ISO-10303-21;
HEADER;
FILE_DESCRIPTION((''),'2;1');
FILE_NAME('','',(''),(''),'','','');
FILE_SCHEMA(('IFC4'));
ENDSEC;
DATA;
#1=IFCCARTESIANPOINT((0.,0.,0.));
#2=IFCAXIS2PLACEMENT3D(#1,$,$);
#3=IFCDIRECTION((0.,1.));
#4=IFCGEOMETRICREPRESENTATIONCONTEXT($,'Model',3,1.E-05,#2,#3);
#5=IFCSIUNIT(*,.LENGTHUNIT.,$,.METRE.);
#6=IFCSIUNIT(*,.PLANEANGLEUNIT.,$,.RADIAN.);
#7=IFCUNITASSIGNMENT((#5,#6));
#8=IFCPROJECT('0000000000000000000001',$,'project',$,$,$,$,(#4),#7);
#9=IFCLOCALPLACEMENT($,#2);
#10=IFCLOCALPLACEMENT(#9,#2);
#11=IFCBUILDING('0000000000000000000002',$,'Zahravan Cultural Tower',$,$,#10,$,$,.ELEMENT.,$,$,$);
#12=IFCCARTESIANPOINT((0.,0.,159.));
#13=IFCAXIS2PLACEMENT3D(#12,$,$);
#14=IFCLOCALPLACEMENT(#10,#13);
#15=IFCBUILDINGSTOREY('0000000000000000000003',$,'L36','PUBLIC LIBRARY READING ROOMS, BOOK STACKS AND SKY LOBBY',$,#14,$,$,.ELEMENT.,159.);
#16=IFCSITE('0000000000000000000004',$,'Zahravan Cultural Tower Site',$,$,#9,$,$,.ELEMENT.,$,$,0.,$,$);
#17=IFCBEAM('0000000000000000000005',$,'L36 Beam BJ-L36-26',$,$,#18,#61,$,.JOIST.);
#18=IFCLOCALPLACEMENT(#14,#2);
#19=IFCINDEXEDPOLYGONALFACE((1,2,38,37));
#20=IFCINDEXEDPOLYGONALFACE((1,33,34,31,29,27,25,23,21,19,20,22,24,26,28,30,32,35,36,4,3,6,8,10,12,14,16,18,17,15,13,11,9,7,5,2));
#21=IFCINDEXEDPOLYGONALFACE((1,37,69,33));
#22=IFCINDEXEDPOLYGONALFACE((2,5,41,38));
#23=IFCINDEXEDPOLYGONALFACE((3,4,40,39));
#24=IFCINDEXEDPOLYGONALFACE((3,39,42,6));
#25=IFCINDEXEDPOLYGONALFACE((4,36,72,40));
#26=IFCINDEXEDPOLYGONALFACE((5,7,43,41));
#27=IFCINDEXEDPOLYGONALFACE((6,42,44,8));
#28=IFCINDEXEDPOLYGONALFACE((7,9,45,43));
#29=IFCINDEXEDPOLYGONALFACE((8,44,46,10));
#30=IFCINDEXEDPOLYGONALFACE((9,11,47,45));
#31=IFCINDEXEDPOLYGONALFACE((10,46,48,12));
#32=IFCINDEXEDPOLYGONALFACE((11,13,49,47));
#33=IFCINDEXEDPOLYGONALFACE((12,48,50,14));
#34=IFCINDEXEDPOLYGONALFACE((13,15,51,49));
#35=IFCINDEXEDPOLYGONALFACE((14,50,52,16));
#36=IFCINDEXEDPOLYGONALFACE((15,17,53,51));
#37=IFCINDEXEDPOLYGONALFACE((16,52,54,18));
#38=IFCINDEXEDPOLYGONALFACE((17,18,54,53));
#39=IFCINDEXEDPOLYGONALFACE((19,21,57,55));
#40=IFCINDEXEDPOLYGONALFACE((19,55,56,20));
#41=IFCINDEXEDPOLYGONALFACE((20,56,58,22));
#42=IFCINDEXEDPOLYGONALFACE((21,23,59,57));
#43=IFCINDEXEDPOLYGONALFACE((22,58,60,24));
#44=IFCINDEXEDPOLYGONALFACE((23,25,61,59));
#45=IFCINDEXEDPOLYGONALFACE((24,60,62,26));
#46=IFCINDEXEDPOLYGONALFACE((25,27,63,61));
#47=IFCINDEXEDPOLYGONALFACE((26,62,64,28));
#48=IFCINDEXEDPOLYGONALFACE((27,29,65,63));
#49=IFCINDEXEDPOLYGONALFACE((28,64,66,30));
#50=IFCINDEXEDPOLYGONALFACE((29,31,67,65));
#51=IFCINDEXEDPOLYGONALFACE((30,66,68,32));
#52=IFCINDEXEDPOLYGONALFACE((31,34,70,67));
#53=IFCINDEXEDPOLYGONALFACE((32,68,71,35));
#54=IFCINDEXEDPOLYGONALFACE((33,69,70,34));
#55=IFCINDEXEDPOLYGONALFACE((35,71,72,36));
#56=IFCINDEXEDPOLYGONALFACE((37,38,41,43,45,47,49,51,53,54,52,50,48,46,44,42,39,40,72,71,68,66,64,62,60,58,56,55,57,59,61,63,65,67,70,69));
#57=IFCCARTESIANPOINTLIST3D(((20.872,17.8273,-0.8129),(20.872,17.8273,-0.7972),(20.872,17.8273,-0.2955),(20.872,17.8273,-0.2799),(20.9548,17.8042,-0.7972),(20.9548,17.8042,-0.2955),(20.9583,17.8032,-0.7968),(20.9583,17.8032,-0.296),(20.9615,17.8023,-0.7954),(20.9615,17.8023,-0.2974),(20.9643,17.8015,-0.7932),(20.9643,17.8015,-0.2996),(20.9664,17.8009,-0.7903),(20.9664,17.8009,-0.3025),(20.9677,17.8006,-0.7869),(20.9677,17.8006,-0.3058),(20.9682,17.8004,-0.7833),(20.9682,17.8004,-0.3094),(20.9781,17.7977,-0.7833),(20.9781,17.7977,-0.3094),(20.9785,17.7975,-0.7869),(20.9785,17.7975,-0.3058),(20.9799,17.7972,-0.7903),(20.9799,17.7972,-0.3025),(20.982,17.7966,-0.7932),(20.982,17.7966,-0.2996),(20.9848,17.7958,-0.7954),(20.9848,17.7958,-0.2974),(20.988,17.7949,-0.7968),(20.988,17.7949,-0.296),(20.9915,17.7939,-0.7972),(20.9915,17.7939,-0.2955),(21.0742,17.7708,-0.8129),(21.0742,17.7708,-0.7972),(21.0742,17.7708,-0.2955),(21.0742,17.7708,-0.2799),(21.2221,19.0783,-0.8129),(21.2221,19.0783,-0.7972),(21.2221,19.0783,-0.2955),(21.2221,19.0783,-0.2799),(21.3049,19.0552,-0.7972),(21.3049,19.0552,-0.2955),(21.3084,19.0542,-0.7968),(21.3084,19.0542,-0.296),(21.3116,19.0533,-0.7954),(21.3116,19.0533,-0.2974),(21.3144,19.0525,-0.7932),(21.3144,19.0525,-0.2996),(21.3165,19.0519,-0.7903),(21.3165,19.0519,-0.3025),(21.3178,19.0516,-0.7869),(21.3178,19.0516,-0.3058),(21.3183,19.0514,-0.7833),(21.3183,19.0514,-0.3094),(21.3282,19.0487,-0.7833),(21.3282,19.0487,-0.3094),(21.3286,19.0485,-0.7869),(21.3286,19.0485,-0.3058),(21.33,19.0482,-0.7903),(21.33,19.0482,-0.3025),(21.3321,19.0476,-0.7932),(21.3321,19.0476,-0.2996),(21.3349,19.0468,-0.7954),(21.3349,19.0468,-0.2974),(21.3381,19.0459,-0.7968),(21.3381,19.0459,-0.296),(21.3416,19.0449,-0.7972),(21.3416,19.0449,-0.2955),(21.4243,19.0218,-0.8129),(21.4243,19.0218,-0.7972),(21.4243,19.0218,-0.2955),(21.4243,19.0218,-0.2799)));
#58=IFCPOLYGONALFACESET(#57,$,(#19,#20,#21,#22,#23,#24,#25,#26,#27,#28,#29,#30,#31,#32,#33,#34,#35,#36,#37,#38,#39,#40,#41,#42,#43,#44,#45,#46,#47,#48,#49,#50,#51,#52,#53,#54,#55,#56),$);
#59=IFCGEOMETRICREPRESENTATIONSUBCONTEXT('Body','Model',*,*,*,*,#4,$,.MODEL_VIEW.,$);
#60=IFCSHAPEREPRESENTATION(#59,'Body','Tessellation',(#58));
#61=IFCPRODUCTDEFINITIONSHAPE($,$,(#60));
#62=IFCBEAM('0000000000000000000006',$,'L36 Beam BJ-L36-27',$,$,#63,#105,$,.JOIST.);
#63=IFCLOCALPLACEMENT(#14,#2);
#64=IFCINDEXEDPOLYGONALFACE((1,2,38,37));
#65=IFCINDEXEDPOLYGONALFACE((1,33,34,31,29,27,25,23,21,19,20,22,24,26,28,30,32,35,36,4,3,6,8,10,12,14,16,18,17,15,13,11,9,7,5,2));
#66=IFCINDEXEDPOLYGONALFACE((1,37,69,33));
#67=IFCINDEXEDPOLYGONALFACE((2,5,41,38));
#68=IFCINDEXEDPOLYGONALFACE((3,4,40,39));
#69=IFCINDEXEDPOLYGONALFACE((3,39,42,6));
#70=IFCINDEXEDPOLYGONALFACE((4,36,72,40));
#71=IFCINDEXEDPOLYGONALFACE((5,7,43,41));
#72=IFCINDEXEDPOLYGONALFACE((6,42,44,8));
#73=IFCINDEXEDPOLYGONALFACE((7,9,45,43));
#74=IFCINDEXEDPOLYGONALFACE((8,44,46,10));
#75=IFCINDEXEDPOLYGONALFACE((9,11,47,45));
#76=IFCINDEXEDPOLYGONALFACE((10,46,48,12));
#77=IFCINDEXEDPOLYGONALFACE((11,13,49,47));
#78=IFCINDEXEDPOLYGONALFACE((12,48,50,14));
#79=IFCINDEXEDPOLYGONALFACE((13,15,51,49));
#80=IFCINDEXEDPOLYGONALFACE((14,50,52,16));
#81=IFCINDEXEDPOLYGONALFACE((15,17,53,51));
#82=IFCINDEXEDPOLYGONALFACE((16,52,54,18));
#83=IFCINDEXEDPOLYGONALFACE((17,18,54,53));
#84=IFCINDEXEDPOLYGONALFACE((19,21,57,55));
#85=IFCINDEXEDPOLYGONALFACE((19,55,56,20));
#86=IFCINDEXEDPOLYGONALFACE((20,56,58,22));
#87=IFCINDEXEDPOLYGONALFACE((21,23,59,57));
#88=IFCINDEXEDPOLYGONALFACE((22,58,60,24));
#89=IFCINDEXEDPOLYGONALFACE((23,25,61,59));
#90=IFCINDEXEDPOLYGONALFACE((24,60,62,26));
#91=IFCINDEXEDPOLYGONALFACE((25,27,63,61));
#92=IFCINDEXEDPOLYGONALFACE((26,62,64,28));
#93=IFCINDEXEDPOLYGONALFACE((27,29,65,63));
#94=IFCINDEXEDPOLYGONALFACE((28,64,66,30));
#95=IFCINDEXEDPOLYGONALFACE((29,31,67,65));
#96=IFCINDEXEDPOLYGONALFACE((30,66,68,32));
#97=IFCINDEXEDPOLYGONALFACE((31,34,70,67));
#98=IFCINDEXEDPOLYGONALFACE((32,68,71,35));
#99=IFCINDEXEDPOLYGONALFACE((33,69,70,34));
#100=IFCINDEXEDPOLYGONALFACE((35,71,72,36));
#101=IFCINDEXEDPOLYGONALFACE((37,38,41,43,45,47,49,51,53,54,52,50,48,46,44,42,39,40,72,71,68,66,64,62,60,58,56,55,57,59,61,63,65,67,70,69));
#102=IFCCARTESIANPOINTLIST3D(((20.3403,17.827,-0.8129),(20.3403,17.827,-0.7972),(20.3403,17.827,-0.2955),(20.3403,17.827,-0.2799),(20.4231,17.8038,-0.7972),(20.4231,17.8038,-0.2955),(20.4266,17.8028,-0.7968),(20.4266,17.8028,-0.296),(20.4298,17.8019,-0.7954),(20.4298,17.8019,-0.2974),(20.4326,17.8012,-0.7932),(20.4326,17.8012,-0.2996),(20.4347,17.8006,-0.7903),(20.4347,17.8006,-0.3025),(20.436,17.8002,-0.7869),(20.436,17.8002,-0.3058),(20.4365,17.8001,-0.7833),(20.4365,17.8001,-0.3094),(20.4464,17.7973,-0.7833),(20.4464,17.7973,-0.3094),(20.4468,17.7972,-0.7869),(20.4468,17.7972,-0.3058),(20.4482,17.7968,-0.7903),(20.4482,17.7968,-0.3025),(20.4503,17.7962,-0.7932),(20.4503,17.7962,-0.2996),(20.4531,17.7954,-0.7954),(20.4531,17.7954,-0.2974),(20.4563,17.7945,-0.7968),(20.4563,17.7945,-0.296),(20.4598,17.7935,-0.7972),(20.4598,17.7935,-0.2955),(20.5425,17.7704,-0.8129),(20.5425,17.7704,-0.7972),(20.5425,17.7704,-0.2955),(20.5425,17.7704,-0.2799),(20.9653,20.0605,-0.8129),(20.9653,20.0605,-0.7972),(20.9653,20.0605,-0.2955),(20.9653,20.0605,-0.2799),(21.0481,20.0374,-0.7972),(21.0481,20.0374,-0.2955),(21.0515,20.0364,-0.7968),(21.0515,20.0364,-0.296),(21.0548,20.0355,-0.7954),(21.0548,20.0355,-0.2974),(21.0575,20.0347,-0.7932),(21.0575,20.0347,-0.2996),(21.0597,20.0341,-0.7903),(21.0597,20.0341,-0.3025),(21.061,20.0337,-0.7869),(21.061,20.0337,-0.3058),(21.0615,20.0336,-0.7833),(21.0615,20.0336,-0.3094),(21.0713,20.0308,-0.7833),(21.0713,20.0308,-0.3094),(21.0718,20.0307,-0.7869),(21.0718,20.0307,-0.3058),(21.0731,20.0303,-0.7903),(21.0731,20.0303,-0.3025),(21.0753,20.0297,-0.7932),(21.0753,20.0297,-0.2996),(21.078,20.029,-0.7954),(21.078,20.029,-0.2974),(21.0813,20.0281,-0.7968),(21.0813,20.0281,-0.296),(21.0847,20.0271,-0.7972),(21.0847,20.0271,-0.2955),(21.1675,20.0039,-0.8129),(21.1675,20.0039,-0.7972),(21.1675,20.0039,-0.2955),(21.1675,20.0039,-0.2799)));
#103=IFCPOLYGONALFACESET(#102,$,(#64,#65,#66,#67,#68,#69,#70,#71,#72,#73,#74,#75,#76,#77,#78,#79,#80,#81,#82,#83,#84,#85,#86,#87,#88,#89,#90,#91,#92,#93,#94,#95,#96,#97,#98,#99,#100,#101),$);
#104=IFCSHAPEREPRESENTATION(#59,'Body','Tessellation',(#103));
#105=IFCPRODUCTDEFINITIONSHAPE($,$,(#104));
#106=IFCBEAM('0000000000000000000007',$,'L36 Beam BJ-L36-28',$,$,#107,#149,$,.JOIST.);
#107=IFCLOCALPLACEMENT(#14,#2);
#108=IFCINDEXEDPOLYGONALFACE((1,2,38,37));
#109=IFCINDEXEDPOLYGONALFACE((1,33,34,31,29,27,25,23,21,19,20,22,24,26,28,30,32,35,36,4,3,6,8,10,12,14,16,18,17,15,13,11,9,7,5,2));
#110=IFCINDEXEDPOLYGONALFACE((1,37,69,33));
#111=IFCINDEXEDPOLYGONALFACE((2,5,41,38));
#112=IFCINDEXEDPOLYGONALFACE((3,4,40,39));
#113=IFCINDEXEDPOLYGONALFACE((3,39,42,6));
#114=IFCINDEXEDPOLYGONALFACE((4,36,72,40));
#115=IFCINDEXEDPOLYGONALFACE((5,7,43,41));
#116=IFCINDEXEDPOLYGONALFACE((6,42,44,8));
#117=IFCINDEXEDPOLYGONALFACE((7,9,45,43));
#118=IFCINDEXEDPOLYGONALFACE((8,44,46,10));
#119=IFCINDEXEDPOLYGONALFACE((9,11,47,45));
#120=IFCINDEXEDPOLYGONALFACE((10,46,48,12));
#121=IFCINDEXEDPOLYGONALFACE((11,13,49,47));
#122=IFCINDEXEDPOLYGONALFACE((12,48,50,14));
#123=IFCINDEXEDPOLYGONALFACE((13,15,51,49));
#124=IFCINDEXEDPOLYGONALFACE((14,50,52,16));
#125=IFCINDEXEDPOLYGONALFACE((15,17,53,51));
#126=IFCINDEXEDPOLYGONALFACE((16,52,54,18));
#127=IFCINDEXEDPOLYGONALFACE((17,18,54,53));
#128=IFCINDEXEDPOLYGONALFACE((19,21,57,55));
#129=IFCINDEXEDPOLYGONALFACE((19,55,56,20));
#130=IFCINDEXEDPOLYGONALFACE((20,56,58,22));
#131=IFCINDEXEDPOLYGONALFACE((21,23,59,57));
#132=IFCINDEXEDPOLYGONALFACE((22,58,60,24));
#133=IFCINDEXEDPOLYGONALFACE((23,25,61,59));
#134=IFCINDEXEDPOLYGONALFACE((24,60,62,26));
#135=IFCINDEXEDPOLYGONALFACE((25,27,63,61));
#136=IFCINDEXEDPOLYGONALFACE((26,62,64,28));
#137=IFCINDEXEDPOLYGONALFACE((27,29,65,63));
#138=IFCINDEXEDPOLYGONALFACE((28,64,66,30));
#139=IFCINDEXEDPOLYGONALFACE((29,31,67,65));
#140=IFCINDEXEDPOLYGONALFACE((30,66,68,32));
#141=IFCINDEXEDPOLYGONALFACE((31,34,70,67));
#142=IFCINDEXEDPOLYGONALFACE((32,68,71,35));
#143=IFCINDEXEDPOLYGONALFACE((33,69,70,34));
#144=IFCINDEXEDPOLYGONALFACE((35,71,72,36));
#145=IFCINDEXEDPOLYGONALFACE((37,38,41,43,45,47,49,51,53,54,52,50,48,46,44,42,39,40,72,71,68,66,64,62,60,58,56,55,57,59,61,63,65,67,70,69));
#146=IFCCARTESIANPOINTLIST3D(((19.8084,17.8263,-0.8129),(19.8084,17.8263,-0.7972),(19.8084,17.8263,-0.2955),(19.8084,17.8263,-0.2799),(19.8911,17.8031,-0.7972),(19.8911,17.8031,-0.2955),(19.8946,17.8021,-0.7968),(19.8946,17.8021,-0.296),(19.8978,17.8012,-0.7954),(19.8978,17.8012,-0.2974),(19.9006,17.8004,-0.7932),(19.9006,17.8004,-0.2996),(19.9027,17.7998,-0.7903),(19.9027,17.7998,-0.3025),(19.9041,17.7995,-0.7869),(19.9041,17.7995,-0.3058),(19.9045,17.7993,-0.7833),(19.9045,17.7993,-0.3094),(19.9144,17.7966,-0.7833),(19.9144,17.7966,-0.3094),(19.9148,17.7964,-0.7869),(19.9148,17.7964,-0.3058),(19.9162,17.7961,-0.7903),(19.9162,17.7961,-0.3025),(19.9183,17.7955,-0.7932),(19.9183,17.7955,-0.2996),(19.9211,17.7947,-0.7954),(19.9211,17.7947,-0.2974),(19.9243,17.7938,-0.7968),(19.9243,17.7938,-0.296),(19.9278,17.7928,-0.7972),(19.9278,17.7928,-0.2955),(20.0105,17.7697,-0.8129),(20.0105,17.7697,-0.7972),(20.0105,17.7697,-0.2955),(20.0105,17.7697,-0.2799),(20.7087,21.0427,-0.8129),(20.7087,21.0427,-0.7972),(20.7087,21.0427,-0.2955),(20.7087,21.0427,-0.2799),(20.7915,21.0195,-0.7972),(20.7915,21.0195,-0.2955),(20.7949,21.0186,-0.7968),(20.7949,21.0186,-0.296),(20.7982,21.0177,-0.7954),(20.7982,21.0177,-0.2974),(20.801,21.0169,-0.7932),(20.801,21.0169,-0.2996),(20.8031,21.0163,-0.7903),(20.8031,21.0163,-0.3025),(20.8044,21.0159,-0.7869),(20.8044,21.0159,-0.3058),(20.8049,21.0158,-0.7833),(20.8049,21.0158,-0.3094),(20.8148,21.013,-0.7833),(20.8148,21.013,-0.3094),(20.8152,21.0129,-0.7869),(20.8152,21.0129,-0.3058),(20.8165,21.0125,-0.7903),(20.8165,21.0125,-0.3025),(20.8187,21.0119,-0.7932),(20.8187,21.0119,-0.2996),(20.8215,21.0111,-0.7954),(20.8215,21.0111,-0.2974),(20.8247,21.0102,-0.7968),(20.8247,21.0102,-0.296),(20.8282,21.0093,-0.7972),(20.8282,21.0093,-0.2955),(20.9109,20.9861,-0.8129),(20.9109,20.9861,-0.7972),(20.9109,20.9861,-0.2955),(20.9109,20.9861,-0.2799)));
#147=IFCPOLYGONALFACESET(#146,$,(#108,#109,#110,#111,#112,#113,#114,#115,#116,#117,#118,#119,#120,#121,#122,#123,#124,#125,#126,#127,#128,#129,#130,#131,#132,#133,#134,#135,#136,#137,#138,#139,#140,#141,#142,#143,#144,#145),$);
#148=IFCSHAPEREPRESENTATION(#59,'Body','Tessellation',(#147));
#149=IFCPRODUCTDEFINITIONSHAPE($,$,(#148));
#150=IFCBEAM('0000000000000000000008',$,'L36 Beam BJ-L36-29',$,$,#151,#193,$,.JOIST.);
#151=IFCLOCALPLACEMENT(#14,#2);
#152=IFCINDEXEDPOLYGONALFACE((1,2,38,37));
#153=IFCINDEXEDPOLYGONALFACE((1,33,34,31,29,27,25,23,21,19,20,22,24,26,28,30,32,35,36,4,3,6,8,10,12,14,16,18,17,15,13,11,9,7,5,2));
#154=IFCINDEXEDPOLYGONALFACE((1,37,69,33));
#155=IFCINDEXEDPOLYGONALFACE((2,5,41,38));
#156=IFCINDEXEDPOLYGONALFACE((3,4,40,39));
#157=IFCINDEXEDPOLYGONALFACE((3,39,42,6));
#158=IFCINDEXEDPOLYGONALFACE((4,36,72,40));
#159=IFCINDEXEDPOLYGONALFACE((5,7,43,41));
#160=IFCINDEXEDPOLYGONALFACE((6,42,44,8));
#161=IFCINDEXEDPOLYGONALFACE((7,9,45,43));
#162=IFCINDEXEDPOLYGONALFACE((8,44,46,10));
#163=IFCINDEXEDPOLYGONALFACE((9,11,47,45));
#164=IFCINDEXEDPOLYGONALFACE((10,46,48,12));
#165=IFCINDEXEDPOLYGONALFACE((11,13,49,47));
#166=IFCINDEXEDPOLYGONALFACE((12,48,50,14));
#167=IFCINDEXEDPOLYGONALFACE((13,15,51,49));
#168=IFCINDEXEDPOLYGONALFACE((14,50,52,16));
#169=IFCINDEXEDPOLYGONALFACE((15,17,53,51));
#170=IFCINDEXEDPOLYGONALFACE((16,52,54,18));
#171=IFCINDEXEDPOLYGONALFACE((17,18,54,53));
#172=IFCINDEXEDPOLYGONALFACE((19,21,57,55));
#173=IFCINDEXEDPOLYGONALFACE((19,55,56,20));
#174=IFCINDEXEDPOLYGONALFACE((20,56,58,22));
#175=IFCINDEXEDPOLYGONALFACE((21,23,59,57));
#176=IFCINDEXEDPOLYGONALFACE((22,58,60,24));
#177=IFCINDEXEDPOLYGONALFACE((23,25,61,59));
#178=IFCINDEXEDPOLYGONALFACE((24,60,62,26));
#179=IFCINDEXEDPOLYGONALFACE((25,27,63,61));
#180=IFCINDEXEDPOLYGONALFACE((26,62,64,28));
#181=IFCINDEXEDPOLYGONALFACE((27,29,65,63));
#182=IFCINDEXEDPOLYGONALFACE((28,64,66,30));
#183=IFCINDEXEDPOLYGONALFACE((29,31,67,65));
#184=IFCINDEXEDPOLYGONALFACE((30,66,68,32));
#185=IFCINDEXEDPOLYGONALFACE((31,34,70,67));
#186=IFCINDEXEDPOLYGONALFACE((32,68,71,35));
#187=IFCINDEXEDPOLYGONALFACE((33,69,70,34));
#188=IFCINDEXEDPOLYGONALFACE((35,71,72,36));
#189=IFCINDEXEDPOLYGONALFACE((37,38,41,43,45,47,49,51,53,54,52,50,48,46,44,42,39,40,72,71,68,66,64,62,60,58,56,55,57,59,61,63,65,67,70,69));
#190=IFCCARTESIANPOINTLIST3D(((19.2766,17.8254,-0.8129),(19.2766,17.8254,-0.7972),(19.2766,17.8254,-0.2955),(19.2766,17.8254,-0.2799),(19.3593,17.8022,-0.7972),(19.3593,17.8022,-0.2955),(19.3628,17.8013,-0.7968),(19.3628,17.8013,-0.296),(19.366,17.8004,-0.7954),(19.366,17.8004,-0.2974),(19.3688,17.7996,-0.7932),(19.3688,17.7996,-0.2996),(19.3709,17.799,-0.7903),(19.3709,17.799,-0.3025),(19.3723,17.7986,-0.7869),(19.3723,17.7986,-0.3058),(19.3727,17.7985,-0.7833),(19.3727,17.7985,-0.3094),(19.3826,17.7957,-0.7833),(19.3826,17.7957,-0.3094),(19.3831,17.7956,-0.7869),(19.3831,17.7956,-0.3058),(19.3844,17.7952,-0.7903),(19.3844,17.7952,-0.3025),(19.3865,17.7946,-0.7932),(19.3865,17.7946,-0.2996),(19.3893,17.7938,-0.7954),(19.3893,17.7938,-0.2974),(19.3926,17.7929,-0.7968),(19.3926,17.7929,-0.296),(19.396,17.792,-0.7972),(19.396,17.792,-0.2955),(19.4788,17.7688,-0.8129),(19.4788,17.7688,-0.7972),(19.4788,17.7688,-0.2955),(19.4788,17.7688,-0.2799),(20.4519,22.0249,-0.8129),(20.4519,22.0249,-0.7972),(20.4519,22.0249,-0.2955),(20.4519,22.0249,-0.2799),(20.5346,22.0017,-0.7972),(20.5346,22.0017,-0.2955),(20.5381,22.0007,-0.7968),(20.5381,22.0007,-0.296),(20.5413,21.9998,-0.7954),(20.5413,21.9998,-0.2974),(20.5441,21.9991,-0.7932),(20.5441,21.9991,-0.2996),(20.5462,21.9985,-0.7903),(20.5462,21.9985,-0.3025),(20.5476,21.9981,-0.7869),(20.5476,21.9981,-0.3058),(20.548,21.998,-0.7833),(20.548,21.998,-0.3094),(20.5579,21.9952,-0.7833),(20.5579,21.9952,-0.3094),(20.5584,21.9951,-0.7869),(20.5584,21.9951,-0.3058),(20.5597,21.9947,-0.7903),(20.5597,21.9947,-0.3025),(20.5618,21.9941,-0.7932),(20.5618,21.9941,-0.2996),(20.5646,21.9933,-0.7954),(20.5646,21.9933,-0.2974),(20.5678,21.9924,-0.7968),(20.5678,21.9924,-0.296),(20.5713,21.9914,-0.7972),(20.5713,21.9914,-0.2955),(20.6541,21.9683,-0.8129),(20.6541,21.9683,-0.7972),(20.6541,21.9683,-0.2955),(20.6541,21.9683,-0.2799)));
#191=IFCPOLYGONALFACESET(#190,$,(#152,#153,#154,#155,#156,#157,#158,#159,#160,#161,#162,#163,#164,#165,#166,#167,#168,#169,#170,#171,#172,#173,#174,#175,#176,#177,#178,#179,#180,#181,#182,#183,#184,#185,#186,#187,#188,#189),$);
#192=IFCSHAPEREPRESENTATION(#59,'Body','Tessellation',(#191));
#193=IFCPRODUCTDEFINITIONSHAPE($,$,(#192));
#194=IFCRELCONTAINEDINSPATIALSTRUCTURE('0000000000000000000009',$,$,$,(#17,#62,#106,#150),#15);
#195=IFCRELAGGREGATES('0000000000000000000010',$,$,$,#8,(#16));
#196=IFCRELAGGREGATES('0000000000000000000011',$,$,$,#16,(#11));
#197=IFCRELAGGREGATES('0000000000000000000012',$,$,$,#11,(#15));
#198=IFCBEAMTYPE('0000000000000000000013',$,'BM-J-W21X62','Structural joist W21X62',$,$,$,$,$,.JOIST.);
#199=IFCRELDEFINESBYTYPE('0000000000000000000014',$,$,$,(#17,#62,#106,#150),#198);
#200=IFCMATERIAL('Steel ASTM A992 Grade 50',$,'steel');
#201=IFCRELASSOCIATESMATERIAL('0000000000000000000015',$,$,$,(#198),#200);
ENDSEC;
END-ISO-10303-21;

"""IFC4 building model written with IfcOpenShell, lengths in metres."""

from ifc_helpers import new_model, si_unit, direction, frame, origin, origin_2d, place, context, subcontext, project, spatial, i_section, extrude, source, transform, mapped, material, material_profile, profile_set, type_object, element, save


model = new_model("IFC4")

# Units and contexts
model_context = context("Model", 3, precision=1e-05, world=origin(), true_north=direction((0.0, 1.0)))
body_context = subcontext(model_context, "Body", "Model", "MODEL_VIEW")
ifc_project = project(units=[si_unit("LENGTHUNIT", "METRE"), si_unit("PLANEANGLEUNIT", "RADIAN")], contexts=[model_context])

# Site, building, storey
site_placement = place(None, origin())
site = spatial("IfcSite", under=ifc_project, at=site_placement, Name="Zahravan Cultural Tower Site", CompositionType="ELEMENT", RefElevation=0.0)
building_placement = place(site_placement, origin())
building = spatial("IfcBuilding", under=site, at=building_placement, Name="Zahravan Cultural Tower", CompositionType="ELEMENT")
storey_placement = place(building_placement, frame((0.0, 0.0, 159.0)))
storey = spatial("IfcBuildingStorey", under=building, at=storey_placement, Name="L36", Description="PUBLIC LIBRARY READING ROOMS, BOOK STACKS AND SKY LOBBY", CompositionType="ELEMENT", Elevation=159.0)

# Shared definitions
ifc_material_1 = material(Name="Steel ASTM A992 Grade 50", Category="steel")

# Beams
ifc_material_profile_1 = material_profile(ifc_material_1, i_section(OverallWidth=0.21, OverallDepth=0.533, WebThickness=0.0103, FlangeThickness=0.0156, FilletRadius=0.0139, at=origin_2d()), Name="W21X62")
ifc_profile_set_1 = profile_set([ifc_material_profile_1], Name="Steel ASTM A992 Grade 50")
beam_type_1 = type_object("IfcBeamType", Name="BM-J-W21X62", Description="Structural joist W21X62", PredefinedType="JOIST", material=ifc_profile_set_1)
shared_shape_1 = source(origin(), body_context, "Body", "SweptSolid", [
    extrude(i_section(OverallWidth=0.21, OverallDepth=0.533, WebThickness=0.0103, FlangeThickness=0.0156, FilletRadius=0.0139, at=origin_2d()), origin(), (0.0, 0.0, 1.0), 1.2991),
])
beam_1_placement = place(storey_placement, frame((21.3232, 19.05, -0.5464), z_axis=(-0.269504, -0.962999, 0.0), x_axis=(0.962999, -0.269504, 0.0)))
element("IfcBeam", 1, at=beam_1_placement, inside=storey, type_object=beam_type_1, Name="L36 Beam BJ-L36-26", PredefinedType="JOIST", context=body_context, shape_type="MappedRepresentation", body=[
    mapped(shared_shape_1, transform((0.0, 0.0, 0.0), x_axis=(1.0, 0.0, 0.0), y_axis=(0.0, 1.0, 0.0), z_axis=(0.0, 0.0, 1.0), scale=1.0)),
])
shared_shape_2 = source(origin(), body_context, "Body", "SweptSolid", [
    extrude(i_section(OverallWidth=0.21, OverallDepth=0.533, WebThickness=0.0103, FlangeThickness=0.0156, FilletRadius=0.0139, at=origin_2d()), origin(), (0.0, 0.0, 1.0), 2.3193),
])
beam_2_placement = place(storey_placement, frame((21.0664, 20.0322, -0.5464), z_axis=(-0.269462, -0.963011, 0.0), x_axis=(0.963011, -0.269462, 0.0)))
element("IfcBeam", 2, at=beam_2_placement, inside=storey, type_object=beam_type_1, Name="L36 Beam BJ-L36-27", PredefinedType="JOIST", context=body_context, shape_type="MappedRepresentation", body=[
    mapped(shared_shape_2, transform((0.0, 0.0, 0.0), x_axis=(1.0, 0.0, 0.0), y_axis=(0.0, 1.0, 0.0), z_axis=(0.0, 0.0, 1.0), scale=1.0)),
])
shared_shape_3 = source(origin(), body_context, "Body", "SweptSolid", [
    extrude(i_section(OverallWidth=0.21, OverallDepth=0.533, WebThickness=0.0103, FlangeThickness=0.0156, FilletRadius=0.0139, at=origin_2d()), origin(), (0.0, 0.0, 1.0), 3.3401),
])
beam_3_placement = place(storey_placement, frame((20.8098, 21.0144, -0.5464), z_axis=(-0.269562, -0.962983, 0.0), x_axis=(0.962983, -0.269562, 0.0)))
element("IfcBeam", 3, at=beam_3_placement, inside=storey, type_object=beam_type_1, Name="L36 Beam BJ-L36-28", PredefinedType="JOIST", context=body_context, shape_type="MappedRepresentation", body=[
    mapped(shared_shape_3, transform((0.0, 0.0, 0.0), x_axis=(1.0, 0.0, 0.0), y_axis=(0.0, 1.0, 0.0), z_axis=(0.0, 0.0, 1.0), scale=1.0)),
])
shared_shape_4 = source(origin(), body_context, "Body", "SweptSolid", [
    extrude(i_section(OverallWidth=0.21, OverallDepth=0.533, WebThickness=0.0103, FlangeThickness=0.0156, FilletRadius=0.0139, at=origin_2d()), origin(), (0.0, 0.0, 1.0), 4.3608),
])
beam_4_placement = place(storey_placement, frame((20.553, 21.9966, -0.5464), z_axis=(-0.269512, -0.962997, 0.0), x_axis=(0.962997, -0.269512, 0.0)))
element("IfcBeam", 4, at=beam_4_placement, inside=storey, type_object=beam_type_1, Name="L36 Beam BJ-L36-29", PredefinedType="JOIST", context=body_context, shape_type="MappedRepresentation", body=[
    mapped(shared_shape_4, transform((0.0, 0.0, 0.0), x_axis=(1.0, 0.0, 0.0), y_axis=(0.0, 1.0, 0.0), z_axis=(0.0, 0.0, 1.0), scale=1.0)),
])

save(model, "model.ifc")
